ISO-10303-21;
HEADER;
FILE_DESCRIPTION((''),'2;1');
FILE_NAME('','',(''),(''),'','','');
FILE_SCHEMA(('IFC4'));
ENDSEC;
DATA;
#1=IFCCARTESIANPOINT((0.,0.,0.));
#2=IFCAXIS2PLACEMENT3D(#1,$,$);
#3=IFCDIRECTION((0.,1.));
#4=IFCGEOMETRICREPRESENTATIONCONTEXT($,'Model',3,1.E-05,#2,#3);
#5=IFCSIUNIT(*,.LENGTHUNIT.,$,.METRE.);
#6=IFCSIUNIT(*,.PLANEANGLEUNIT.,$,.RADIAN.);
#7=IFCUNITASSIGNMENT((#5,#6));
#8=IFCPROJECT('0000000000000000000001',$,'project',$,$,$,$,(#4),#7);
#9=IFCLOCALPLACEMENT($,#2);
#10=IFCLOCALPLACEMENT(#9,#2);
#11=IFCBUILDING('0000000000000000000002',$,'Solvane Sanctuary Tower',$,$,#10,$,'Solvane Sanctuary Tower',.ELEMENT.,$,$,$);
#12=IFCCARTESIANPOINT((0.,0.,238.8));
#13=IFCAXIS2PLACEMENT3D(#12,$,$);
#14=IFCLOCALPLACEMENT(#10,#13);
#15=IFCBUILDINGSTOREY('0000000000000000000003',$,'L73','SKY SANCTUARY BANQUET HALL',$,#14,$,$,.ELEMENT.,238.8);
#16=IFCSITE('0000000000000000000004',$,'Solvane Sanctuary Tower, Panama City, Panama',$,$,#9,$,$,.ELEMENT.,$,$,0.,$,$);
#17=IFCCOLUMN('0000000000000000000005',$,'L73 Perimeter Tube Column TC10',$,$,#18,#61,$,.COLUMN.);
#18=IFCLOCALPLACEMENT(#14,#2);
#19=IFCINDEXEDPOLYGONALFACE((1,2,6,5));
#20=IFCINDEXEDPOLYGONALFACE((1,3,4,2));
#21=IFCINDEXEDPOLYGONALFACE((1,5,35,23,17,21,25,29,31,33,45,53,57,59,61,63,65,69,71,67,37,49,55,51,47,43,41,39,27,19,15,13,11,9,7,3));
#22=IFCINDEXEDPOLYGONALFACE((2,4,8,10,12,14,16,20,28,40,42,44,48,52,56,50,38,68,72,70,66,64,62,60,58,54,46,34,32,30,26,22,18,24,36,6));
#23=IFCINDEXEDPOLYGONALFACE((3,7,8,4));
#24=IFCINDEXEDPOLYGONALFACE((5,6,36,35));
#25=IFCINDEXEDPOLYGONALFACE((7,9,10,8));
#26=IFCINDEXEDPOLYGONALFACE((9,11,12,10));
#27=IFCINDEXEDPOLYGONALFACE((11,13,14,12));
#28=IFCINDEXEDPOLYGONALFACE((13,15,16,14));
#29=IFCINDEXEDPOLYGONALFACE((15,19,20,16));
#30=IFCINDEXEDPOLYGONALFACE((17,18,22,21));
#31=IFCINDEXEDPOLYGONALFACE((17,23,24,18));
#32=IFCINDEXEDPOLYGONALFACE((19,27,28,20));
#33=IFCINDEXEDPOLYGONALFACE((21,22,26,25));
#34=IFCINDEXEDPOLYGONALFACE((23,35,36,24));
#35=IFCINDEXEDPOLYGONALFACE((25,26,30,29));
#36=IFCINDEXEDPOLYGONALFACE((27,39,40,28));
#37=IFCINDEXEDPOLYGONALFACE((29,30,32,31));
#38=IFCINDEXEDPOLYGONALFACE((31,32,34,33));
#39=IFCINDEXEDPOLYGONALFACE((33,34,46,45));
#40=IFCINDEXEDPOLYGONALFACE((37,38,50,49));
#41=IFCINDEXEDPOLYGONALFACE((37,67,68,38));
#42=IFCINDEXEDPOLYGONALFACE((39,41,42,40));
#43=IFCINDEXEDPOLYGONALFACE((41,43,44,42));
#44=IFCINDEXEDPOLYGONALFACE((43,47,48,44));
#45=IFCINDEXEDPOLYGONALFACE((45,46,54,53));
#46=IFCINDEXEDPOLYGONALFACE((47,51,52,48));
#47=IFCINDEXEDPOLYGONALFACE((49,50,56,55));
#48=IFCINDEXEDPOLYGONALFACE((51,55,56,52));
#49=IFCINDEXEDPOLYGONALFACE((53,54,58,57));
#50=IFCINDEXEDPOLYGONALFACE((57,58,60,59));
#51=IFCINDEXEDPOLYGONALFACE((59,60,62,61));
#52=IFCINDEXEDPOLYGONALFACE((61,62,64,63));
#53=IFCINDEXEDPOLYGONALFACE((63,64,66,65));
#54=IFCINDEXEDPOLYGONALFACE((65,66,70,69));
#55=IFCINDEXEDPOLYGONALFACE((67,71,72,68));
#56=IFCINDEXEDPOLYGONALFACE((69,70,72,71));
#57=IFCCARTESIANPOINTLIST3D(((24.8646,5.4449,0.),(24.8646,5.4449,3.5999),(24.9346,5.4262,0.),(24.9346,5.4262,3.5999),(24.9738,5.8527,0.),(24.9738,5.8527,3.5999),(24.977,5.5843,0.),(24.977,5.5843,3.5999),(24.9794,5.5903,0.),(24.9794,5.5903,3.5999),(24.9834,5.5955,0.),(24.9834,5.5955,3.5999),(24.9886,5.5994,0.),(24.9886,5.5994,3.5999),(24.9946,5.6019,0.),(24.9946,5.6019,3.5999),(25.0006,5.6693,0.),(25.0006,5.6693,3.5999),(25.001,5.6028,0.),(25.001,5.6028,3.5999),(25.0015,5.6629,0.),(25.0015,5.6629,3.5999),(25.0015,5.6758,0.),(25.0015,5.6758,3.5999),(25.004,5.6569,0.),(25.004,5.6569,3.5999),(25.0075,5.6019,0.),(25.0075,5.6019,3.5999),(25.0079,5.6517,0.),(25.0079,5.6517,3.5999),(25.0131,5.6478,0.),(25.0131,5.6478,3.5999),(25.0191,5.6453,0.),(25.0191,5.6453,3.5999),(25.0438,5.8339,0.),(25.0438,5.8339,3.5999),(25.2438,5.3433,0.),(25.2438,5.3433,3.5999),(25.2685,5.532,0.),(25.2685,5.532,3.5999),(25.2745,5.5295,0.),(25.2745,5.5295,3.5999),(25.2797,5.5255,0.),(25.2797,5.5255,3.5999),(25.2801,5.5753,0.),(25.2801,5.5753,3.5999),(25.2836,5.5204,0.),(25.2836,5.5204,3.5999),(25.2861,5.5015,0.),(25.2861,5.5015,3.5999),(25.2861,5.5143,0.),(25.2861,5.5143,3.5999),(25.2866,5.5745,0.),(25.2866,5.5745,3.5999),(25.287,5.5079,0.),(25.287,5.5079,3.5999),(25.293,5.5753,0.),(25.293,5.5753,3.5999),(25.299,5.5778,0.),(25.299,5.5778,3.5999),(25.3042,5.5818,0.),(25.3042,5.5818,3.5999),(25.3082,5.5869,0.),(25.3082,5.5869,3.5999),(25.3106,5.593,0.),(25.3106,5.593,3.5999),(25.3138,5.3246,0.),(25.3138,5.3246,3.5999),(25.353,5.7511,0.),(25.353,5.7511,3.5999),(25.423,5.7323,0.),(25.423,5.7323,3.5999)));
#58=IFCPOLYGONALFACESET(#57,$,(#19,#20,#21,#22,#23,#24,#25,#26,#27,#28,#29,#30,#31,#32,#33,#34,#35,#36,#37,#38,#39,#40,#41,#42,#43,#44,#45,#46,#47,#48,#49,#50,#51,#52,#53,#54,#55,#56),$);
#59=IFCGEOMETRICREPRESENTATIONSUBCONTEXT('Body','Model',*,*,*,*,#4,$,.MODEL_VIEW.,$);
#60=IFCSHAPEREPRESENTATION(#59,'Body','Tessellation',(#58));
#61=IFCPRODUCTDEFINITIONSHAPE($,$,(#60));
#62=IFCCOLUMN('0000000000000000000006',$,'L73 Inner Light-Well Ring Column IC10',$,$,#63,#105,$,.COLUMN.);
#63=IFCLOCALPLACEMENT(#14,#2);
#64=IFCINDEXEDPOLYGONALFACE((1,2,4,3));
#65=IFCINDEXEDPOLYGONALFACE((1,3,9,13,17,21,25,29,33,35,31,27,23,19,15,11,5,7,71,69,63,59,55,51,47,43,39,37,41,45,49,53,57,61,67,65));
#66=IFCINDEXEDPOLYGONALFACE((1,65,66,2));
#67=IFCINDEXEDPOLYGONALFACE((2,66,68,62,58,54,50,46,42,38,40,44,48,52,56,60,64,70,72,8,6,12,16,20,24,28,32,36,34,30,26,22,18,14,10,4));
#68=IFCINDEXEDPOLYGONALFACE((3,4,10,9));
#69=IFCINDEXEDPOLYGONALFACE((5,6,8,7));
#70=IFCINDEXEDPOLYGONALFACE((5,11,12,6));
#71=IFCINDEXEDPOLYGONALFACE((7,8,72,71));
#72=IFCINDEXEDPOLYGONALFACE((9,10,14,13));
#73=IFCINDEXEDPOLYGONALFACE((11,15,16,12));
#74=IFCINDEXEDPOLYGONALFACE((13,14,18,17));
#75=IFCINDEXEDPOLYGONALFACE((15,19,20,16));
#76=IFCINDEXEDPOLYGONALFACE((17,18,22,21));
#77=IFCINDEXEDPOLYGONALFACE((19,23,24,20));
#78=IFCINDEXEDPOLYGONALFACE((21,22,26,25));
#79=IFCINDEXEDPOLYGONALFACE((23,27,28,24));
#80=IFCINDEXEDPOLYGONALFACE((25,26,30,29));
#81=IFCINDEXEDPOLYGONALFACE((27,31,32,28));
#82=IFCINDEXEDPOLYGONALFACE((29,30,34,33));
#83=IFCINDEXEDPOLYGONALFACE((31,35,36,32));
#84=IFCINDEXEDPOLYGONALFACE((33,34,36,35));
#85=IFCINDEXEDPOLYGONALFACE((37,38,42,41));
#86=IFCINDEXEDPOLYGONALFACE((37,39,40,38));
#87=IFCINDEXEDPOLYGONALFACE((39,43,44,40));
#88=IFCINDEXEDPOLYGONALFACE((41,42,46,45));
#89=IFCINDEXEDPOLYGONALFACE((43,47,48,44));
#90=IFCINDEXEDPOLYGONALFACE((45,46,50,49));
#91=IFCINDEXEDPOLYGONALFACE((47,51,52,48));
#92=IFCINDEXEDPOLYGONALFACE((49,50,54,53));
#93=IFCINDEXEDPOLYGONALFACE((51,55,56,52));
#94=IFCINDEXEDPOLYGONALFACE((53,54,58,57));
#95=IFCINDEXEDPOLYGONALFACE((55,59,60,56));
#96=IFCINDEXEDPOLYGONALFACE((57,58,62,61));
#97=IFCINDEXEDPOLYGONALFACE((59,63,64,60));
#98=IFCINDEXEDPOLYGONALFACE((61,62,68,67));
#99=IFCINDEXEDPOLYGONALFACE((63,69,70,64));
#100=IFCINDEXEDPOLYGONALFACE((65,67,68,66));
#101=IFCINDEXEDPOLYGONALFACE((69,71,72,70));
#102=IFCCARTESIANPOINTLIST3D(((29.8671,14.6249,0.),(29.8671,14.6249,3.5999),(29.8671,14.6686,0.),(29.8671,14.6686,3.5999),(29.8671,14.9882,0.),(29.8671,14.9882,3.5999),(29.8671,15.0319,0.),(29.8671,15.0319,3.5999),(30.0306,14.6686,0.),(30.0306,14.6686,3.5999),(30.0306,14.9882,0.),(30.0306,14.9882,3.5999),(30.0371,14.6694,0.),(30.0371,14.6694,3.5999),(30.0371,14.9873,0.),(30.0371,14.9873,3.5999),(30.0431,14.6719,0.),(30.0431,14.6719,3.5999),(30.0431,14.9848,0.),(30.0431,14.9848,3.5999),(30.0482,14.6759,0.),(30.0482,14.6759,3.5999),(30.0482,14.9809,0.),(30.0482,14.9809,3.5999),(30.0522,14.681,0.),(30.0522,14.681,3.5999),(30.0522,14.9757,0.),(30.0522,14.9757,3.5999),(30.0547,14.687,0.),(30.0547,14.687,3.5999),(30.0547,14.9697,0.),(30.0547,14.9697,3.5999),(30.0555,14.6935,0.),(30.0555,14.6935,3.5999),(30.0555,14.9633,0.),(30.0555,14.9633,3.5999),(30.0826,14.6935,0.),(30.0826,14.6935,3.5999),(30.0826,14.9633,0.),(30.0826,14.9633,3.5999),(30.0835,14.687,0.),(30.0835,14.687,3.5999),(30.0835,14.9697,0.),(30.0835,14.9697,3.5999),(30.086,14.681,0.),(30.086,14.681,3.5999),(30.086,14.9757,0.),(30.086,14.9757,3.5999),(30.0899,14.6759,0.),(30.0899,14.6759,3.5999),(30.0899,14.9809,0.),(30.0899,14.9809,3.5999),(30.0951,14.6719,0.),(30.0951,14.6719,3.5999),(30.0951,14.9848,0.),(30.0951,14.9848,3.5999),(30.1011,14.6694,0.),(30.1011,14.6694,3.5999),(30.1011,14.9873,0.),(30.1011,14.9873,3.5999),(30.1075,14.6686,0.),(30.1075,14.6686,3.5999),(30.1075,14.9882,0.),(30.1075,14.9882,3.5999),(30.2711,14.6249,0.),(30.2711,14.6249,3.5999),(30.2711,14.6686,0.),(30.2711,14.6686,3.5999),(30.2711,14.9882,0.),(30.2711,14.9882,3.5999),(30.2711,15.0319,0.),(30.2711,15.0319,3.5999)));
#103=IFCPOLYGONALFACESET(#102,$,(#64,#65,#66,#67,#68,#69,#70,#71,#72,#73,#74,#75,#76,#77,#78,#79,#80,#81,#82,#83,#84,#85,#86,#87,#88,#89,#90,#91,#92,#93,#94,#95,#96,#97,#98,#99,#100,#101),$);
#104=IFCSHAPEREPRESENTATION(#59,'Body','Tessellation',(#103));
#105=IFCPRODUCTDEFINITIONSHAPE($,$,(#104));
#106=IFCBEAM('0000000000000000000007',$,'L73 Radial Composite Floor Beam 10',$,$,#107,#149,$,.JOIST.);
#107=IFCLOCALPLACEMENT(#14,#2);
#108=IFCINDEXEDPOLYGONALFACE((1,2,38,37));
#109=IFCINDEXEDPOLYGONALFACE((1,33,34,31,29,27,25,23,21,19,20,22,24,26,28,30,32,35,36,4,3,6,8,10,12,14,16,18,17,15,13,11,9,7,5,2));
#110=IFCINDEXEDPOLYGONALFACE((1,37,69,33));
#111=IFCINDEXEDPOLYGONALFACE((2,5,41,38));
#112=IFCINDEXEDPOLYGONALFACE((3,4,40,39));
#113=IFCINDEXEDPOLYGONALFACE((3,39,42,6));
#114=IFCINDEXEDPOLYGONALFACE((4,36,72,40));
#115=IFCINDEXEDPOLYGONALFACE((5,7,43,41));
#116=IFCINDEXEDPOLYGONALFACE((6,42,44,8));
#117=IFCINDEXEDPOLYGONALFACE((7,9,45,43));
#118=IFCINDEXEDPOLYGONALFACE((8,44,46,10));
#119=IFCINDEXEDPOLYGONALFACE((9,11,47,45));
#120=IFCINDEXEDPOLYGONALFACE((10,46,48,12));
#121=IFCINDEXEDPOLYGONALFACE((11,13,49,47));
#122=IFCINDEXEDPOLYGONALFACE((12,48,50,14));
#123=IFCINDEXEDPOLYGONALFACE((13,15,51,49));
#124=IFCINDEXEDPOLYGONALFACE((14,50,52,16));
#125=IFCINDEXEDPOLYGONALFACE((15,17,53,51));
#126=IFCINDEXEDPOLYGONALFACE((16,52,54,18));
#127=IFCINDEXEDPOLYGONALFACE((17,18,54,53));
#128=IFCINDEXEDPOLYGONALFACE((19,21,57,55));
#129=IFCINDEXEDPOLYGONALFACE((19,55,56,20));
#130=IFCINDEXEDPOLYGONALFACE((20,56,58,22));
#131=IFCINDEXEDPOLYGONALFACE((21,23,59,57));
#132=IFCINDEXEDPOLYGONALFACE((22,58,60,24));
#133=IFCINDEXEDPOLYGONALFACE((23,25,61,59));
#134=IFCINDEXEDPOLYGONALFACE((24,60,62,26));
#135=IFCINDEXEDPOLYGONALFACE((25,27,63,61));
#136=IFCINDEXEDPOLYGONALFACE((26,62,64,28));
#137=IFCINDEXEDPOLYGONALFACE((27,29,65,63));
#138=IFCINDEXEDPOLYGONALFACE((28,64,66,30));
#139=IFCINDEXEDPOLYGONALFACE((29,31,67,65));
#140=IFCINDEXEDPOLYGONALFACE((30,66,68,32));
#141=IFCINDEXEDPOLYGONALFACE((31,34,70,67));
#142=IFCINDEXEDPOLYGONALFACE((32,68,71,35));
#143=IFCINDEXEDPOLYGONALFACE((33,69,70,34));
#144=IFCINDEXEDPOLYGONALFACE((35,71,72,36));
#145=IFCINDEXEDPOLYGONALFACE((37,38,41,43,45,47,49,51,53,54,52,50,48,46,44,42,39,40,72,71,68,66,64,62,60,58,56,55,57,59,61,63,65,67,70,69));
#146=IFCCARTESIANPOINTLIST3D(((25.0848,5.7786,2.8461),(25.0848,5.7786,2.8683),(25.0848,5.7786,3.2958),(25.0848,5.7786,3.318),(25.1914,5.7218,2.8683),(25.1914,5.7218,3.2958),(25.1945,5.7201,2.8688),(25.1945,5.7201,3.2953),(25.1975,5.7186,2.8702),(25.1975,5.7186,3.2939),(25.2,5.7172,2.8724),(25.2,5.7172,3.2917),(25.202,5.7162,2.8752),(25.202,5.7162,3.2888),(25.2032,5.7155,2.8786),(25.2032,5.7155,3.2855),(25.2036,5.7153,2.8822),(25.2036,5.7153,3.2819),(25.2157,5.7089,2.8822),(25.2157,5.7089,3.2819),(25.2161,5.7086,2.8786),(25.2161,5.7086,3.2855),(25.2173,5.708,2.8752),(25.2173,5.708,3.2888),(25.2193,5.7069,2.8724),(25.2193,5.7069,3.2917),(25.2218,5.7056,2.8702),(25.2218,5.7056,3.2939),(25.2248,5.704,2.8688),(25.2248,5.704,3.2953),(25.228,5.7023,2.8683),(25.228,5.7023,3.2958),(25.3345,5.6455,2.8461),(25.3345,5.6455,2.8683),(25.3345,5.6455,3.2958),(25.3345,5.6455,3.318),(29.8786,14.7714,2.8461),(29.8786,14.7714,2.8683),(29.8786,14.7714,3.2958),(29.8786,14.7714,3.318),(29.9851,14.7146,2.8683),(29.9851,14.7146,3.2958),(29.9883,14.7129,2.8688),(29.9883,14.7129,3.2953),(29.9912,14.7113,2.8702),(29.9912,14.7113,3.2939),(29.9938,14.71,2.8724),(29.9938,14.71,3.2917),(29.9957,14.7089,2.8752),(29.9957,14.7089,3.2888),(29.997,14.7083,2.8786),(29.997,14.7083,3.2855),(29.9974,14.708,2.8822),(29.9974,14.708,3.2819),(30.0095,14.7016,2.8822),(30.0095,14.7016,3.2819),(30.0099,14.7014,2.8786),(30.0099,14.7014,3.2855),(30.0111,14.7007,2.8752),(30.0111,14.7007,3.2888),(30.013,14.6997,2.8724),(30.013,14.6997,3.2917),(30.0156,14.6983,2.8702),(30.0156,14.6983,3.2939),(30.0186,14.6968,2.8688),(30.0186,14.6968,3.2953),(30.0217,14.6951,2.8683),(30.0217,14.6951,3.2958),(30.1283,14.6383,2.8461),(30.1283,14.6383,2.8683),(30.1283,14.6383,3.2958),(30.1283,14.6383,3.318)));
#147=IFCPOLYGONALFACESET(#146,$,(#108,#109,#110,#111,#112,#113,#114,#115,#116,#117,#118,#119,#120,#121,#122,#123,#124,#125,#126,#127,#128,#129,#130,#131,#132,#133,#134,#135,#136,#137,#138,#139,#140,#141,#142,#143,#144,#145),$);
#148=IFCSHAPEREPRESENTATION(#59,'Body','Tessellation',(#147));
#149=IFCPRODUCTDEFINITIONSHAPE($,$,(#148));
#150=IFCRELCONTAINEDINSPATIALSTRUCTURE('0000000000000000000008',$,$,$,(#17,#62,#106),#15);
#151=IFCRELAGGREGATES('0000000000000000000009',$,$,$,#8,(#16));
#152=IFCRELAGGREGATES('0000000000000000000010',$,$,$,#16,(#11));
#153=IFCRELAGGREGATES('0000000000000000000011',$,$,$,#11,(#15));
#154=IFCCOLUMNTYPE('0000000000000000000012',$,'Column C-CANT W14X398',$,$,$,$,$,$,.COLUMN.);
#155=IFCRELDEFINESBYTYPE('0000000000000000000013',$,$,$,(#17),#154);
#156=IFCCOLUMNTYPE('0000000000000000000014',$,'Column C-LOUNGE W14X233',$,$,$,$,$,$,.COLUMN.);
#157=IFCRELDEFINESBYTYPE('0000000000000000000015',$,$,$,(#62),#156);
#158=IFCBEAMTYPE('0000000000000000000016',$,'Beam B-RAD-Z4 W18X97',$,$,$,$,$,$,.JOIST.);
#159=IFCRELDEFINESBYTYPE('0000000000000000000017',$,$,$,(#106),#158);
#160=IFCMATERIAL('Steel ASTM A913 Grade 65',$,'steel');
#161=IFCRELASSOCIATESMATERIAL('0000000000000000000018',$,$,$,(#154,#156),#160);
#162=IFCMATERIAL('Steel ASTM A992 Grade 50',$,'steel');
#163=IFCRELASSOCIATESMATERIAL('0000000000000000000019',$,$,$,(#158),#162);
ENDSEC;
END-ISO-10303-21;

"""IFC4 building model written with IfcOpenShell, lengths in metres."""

from ifc_helpers import new_model, si_unit, direction, frame, origin, origin_2d, place, context, subcontext, project, spatial, i_section, extrude, material, material_profile, profile_set, type_object, element, save


model = new_model("IFC4")

# Units and contexts
model_context = context("Model", 3, precision=1e-05, world=origin(), true_north=direction((0.0, 1.0)))
body_context = subcontext(model_context, "Body", "Model", "MODEL_VIEW")
ifc_project = project(units=[si_unit("LENGTHUNIT", "METRE"), si_unit("PLANEANGLEUNIT", "RADIAN")], contexts=[model_context])

# Site, building, storey
site_placement = place(None, origin())
site = spatial("IfcSite", under=ifc_project, at=site_placement, Name="Solvane Sanctuary Tower, Panama City, Panama", CompositionType="ELEMENT", RefElevation=0.0)
building_placement = place(site_placement, origin())
building = spatial("IfcBuilding", under=site, at=building_placement, Name="Solvane Sanctuary Tower", LongName="Solvane Sanctuary Tower", CompositionType="ELEMENT")
storey_placement = place(building_placement, frame((0.0, 0.0, 238.8)))
storey = spatial("IfcBuildingStorey", under=building, at=storey_placement, Name="L73", Description="SKY SANCTUARY BANQUET HALL", CompositionType="ELEMENT", Elevation=238.8)

# Columns
ifc_material_1 = material(Name="Steel ASTM A913 Grade 65", Category="steel")
ifc_material_profile_1 = material_profile(ifc_material_1, i_section(OverallWidth=0.4221, OverallDepth=0.4651, WebThickness=0.0449, FlangeThickness=0.0725, FilletRadius=0.0249, at=origin_2d()), Name="W14X398")
ifc_profile_set_1 = profile_set([ifc_material_profile_1], Name="Steel ASTM A913 Grade 65")
column_type_1 = type_object("IfcColumnType", Name="Column C-CANT W14X398", PredefinedType="COLUMN", material=ifc_profile_set_1)
column_1_placement = place(storey_placement, frame((25.1438, 5.5886, 0.0), z_axis=(0.0, 0.0, 1.0), x_axis=(-0.258819, -0.965926, 0.0)))
element("IfcColumn", 1, at=column_1_placement, inside=storey, type_object=column_type_1, Name="L73 Perimeter Tube Column TC10", PredefinedType="COLUMN", context=body_context, shape_type="SweptSolid", body=[
    extrude(i_section(OverallWidth=0.4221, OverallDepth=0.4651, WebThickness=0.0449, FlangeThickness=0.0725, FilletRadius=0.0249, at=origin_2d()), origin(), (0.0, 0.0, 1.0), 3.5999),
])
ifc_material_profile_2 = material_profile(ifc_material_1, i_section(OverallWidth=0.4041, OverallDepth=0.407, WebThickness=0.0271, FlangeThickness=0.0437, FilletRadius=0.0249, at=origin_2d()), Name="W14X233")
ifc_profile_set_2 = profile_set([ifc_material_profile_2], Name="Steel ASTM A913 Grade 65")
column_type_2 = type_object("IfcColumnType", Name="Column C-LOUNGE W14X233", PredefinedType="COLUMN", material=ifc_profile_set_2)
column_2_placement = place(storey_placement, frame((30.0691, 14.8284, 0.0), z_axis=(0.0, 0.0, 1.0), x_axis=(1.0, 0.0, 0.0)))
element("IfcColumn", 2, at=column_2_placement, inside=storey, type_object=column_type_2, Name="L73 Inner Light-Well Ring Column IC10", PredefinedType="COLUMN", context=body_context, shape_type="SweptSolid", body=[
    extrude(i_section(OverallWidth=0.4041, OverallDepth=0.407, WebThickness=0.0271, FlangeThickness=0.0437, FilletRadius=0.0249, at=origin_2d()), origin(), (0.0, 0.0, 1.0), 3.5999),
])

# Beam
ifc_material_2 = material(Name="Steel ASTM A992 Grade 50", Category="steel")
ifc_material_profile_3 = material_profile(ifc_material_2, i_section(OverallWidth=0.283, OverallDepth=0.4719, WebThickness=0.0137, FlangeThickness=0.0222, FilletRadius=0.0139, at=origin_2d()), Name="W18X97")
ifc_profile_set_3 = profile_set([ifc_material_profile_3], Name="Steel ASTM A992 Grade 50")
beam_type_1 = type_object("IfcBeamType", Name="Beam B-RAD-Z4 W18X97", PredefinedType="JOIST", material=ifc_profile_set_3)
beam_1_placement = place(storey_placement, frame((30.0034, 14.7048, 3.082), z_axis=(-0.470405, -0.88245, 0.0), x_axis=(0.88245, -0.470405, 0.0)))
element("IfcBeam", 3, at=beam_1_placement, inside=storey, type_object=beam_type_1, Name="L73 Radial Composite Floor Beam 10", PredefinedType="JOIST", context=body_context, shape_type="SweptSolid", body=[
    extrude(i_section(OverallWidth=0.283, OverallDepth=0.4719, WebThickness=0.0137, FlangeThickness=0.0222, FilletRadius=0.0139, at=origin_2d()), origin(), (0.0, 0.0, 1.0), 10.1907),
])

save(model, "model.ifc")
